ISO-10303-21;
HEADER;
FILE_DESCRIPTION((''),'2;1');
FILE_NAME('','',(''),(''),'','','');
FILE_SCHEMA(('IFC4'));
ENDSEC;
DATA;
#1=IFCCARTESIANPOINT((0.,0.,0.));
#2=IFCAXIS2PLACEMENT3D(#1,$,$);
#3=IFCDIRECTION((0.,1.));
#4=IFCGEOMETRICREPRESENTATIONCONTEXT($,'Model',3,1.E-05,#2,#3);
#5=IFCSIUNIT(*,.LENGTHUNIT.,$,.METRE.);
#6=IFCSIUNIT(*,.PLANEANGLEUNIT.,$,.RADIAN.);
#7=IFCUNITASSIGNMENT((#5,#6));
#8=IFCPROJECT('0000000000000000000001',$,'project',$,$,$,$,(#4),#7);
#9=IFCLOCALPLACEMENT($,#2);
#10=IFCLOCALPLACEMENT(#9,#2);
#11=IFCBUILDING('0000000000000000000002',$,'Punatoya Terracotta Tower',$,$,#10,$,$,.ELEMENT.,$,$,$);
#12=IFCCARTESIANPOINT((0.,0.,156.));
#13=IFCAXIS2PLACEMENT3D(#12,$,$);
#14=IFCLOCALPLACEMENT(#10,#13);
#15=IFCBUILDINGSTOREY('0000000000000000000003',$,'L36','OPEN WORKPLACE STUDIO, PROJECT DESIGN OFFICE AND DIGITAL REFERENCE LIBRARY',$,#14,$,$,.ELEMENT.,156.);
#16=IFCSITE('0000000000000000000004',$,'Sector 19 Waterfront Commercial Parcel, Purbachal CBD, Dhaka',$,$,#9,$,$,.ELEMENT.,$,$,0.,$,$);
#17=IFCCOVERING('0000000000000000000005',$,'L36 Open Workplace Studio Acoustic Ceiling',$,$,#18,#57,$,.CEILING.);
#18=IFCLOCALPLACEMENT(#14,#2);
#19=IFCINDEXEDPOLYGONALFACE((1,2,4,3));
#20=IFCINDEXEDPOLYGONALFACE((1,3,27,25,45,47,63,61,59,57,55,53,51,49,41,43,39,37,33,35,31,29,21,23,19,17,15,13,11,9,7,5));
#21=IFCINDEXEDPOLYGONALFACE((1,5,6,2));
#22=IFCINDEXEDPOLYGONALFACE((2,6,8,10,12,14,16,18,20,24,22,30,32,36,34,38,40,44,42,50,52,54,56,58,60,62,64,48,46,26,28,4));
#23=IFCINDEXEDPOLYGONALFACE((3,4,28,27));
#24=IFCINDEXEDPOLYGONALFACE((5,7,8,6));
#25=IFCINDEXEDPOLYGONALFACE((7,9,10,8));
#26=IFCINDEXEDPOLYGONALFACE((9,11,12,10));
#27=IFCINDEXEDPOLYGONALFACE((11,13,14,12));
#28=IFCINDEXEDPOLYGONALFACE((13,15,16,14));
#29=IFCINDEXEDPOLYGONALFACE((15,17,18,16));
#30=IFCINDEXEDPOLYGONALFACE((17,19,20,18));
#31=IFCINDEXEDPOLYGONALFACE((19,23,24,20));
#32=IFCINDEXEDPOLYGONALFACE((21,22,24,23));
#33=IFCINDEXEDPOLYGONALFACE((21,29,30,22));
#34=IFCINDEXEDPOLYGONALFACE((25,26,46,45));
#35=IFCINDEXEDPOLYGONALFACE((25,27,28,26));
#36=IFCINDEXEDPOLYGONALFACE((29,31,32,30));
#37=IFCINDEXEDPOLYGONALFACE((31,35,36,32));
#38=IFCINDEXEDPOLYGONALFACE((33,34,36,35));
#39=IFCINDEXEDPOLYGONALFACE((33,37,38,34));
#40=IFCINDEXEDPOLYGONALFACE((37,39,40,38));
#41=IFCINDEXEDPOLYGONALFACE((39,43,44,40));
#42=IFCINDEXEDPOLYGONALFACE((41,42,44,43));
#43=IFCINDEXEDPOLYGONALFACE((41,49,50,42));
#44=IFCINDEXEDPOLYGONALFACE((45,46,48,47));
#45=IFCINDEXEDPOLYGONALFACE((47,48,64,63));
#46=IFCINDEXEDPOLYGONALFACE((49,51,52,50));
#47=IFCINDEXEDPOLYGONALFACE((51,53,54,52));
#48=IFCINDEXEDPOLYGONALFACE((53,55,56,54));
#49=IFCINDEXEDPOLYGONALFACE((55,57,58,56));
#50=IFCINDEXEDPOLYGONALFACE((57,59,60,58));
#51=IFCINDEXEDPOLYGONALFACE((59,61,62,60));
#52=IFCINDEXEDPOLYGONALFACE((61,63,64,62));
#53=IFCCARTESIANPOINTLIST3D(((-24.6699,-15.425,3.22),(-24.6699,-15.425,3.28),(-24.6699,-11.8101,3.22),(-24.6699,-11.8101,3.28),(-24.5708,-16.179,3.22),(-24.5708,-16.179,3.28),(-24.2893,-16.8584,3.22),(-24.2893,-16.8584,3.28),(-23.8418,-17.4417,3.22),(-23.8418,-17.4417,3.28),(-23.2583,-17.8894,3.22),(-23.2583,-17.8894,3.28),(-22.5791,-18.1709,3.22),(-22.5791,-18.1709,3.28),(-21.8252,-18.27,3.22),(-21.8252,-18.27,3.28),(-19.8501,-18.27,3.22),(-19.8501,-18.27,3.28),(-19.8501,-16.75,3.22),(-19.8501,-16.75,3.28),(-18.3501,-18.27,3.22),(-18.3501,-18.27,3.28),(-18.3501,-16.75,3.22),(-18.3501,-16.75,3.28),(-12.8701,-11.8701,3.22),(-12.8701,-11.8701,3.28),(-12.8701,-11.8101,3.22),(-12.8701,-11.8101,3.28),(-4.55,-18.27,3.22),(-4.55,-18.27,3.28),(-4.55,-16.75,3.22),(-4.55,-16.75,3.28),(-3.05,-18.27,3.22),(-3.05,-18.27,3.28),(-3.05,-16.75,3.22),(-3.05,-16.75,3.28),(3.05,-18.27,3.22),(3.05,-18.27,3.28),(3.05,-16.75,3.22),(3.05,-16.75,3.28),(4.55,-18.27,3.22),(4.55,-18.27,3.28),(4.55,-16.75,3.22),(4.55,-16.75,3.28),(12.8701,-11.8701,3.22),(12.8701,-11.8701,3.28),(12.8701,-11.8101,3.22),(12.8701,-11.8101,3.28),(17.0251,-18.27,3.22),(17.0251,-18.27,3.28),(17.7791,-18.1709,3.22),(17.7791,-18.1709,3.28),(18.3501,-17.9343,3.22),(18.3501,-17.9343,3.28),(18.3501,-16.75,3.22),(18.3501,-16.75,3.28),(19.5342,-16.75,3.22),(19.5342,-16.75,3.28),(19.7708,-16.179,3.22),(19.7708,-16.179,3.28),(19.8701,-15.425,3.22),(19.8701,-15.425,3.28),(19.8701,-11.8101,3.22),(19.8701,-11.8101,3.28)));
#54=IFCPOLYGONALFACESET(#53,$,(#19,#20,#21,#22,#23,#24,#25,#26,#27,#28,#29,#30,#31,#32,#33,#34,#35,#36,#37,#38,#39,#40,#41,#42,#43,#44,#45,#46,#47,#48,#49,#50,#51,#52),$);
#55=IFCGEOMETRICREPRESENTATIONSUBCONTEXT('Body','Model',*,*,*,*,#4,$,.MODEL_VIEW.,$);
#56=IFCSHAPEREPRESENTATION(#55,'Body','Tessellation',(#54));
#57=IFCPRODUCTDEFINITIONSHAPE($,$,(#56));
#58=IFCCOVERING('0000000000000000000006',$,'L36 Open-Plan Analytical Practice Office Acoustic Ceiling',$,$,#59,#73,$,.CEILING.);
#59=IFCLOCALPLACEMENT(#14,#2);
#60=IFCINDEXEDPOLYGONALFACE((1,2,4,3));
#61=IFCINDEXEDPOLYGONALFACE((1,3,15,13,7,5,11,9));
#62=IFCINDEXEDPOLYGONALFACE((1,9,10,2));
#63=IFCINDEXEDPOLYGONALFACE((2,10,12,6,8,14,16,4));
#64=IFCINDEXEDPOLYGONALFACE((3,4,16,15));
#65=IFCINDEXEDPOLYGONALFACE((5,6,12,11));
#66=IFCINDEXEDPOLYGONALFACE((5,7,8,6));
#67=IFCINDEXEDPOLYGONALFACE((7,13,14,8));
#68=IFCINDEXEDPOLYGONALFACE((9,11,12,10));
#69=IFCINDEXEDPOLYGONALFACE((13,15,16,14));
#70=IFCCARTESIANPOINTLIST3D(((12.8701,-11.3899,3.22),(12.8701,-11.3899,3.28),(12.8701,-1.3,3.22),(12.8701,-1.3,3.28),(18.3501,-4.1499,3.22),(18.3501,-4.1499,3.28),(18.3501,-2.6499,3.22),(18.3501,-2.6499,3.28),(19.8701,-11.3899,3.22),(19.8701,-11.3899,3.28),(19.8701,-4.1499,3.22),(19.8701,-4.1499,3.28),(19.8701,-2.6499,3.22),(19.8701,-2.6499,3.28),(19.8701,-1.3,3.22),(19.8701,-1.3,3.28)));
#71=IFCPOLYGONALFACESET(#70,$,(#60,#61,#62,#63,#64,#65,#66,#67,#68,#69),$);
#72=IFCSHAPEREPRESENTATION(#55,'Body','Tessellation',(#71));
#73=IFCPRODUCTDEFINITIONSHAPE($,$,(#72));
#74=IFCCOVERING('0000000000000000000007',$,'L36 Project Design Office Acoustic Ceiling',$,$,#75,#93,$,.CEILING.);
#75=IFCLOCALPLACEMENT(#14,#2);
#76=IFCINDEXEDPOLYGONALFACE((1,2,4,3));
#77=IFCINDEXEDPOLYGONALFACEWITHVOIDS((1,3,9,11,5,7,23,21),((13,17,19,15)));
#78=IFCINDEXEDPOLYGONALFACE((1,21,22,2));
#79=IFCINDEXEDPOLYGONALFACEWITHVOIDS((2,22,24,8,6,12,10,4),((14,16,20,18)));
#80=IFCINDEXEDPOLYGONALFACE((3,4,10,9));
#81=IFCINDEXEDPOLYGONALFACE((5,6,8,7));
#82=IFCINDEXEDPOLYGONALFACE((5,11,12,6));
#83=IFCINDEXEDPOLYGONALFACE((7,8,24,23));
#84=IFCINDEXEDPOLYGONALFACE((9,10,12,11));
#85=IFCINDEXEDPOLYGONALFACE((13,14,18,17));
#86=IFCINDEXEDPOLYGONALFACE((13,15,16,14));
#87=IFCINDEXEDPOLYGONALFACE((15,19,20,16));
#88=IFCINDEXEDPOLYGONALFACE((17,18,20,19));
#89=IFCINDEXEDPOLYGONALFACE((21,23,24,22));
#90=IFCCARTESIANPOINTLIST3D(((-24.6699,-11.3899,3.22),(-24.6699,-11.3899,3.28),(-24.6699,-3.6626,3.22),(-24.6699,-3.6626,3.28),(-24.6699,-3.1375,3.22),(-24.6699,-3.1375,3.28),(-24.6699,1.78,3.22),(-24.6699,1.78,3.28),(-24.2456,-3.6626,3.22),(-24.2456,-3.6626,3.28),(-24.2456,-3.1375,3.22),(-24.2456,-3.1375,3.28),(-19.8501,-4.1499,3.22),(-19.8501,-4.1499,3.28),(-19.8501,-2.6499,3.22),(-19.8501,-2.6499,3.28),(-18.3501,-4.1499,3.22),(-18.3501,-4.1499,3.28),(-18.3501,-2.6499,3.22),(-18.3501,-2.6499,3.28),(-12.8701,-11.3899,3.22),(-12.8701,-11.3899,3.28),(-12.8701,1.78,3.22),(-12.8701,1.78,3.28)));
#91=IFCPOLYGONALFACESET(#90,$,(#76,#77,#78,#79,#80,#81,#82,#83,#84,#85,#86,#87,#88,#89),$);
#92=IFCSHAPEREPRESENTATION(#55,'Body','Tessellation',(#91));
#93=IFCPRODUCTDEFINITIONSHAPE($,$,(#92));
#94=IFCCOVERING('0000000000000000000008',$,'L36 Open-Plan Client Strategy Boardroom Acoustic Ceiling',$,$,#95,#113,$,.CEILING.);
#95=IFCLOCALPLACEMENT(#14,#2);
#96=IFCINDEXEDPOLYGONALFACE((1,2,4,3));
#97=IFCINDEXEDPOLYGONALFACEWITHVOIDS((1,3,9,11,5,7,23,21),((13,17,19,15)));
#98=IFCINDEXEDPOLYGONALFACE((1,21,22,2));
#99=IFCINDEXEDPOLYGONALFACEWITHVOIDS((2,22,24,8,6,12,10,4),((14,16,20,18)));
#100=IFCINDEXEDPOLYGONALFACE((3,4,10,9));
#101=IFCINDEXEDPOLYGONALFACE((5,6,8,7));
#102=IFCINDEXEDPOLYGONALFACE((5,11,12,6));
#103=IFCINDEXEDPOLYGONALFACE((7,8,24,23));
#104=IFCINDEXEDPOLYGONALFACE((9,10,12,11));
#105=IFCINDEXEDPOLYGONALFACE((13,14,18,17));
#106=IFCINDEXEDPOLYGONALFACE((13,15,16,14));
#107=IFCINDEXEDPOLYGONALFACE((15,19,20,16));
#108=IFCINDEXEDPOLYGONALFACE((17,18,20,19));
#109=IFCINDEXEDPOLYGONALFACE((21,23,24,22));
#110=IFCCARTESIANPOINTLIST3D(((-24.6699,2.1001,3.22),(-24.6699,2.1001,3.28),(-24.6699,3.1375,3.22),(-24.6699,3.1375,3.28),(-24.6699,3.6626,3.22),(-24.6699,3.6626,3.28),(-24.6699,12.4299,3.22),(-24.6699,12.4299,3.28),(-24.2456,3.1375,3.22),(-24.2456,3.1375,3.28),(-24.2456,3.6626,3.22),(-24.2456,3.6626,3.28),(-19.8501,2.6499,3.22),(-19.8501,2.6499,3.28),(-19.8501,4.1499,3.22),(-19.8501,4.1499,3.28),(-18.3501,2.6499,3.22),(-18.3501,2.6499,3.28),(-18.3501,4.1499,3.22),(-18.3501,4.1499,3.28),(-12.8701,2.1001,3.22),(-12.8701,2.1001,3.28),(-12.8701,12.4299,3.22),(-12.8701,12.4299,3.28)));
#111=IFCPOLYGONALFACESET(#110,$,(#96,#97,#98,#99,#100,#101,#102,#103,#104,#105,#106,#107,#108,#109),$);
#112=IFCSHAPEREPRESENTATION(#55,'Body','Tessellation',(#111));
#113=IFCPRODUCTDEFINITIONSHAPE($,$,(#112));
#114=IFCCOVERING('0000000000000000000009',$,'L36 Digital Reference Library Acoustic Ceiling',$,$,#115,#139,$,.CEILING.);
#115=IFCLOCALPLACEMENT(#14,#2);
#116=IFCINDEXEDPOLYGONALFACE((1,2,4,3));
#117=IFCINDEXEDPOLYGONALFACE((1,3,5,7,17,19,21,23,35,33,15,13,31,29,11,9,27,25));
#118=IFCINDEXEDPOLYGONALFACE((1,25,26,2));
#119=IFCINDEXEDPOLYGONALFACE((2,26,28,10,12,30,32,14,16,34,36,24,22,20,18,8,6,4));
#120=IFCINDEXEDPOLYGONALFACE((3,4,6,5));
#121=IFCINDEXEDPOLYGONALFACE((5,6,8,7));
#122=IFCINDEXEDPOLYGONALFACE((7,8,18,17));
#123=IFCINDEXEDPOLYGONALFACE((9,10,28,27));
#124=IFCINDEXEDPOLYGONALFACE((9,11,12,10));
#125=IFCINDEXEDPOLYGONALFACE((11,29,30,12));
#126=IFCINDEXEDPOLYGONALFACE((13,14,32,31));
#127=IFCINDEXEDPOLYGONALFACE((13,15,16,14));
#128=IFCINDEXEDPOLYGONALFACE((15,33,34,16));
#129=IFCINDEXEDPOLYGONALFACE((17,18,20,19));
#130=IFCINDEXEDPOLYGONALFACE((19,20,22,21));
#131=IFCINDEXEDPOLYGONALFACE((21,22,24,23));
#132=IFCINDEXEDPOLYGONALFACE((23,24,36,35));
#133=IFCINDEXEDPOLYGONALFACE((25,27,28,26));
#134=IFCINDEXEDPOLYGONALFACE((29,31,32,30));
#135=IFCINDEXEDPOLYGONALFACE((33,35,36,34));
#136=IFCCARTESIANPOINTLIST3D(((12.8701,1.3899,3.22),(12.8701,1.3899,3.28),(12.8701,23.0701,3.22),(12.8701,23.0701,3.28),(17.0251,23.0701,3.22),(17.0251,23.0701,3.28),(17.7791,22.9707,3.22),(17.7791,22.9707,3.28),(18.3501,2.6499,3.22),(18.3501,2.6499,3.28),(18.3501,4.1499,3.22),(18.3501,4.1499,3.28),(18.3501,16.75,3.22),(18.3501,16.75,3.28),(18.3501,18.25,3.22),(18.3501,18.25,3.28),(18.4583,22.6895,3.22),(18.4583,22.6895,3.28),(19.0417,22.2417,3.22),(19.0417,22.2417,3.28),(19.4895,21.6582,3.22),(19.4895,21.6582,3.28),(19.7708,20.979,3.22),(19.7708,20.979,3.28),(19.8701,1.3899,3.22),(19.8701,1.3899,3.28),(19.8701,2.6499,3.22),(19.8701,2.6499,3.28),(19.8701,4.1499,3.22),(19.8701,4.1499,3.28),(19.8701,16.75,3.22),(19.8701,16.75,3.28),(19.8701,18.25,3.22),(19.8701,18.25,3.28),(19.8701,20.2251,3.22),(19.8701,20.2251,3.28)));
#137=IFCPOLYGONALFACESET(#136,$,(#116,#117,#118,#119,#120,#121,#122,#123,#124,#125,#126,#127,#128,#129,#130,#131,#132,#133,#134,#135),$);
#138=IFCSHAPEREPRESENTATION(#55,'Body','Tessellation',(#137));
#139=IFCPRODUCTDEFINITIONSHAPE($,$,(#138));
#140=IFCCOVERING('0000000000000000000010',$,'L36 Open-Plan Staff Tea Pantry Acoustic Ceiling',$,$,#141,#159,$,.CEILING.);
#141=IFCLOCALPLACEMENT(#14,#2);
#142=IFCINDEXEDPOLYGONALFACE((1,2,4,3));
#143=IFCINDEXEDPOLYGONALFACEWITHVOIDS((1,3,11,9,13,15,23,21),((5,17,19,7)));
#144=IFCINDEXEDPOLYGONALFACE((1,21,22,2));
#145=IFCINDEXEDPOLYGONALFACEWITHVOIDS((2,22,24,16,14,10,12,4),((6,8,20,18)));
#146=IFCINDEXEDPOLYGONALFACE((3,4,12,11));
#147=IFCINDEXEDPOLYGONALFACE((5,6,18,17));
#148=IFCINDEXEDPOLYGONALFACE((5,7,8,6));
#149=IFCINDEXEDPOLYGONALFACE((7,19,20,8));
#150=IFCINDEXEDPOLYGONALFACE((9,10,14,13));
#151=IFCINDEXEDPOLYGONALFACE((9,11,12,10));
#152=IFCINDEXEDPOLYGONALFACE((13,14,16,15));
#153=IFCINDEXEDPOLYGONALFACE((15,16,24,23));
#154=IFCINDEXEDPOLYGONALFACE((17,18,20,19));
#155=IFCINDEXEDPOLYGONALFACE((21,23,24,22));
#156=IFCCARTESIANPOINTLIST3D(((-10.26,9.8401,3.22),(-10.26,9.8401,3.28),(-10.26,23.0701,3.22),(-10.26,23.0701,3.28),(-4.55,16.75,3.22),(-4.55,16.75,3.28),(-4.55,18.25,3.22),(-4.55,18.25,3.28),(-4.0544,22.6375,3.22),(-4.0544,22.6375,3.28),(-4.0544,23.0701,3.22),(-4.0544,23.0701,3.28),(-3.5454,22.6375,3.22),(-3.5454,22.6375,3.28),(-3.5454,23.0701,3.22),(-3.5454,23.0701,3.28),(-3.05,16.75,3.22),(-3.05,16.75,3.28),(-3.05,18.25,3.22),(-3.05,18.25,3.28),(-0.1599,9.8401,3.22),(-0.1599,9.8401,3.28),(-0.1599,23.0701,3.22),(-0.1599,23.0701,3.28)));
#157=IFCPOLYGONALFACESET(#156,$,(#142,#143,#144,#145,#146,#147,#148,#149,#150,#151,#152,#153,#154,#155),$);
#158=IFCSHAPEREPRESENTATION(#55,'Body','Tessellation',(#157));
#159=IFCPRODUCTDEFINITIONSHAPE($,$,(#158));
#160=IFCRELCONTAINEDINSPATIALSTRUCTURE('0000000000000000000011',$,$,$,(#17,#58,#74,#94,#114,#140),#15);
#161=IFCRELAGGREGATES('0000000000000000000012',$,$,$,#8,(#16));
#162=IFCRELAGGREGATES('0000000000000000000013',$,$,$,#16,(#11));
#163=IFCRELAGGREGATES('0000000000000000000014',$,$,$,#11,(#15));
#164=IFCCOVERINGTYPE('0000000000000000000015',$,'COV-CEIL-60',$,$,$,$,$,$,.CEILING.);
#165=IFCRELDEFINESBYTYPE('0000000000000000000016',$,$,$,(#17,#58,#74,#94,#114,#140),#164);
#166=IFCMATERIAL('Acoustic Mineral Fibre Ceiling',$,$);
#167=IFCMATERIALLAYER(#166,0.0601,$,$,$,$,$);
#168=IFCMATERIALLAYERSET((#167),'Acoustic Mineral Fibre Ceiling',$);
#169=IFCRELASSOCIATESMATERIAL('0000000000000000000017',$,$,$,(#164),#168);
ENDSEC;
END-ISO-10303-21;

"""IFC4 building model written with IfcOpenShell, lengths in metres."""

from ifc_helpers import new_model, si_unit, direction, frame, origin, place, context, subcontext, project, spatial, polyline, outline, extrude, material, layer, layer_set, type_object, element, save


model = new_model("IFC4")

# Units and contexts
model_context = context("Model", 3, precision=1e-05, world=origin(), true_north=direction((0.0, 1.0)))
body_context = subcontext(model_context, "Body", "Model", "MODEL_VIEW")
ifc_project = project(units=[si_unit("LENGTHUNIT", "METRE"), si_unit("PLANEANGLEUNIT", "RADIAN")], contexts=[model_context])

# Site, building, storey
site_placement = place(None, origin())
site = spatial("IfcSite", under=ifc_project, at=site_placement, Name="Sector 19 Waterfront Commercial Parcel, Purbachal CBD, Dhaka", CompositionType="ELEMENT", RefElevation=0.0)
building_placement = place(site_placement, origin())
building = spatial("IfcBuilding", under=site, at=building_placement, Name="Punatoya Terracotta Tower", CompositionType="ELEMENT")
storey_placement = place(building_placement, frame((0.0, 0.0, 156.0)))
storey = spatial("IfcBuildingStorey", under=building, at=storey_placement, Name="L36", Description="OPEN WORKPLACE STUDIO, PROJECT DESIGN OFFICE AND DIGITAL REFERENCE LIBRARY", CompositionType="ELEMENT", Elevation=156.0)

# Coverings
ifc_material_1 = material(Name="Acoustic Mineral Fibre Ceiling")
ifc_layer_1 = layer(ifc_material_1, 0.0601)
ifc_layer_set_1 = layer_set([ifc_layer_1], Name="Acoustic Mineral Fibre Ceiling")
covering_type = type_object("IfcCoveringType", Name="COV-CEIL-60", PredefinedType="CEILING", material=ifc_layer_set_1)
covering_1_placement = place(storey_placement, frame((0.0, 0.0, 3.22)))
element("IfcCovering", 1, at=covering_1_placement, inside=storey, type_object=covering_type, Name="L36 Open Workplace Studio Acoustic Ceiling", PredefinedType="CEILING", context=body_context, shape_type="SweptSolid", body=[
    extrude(outline(polyline([(-24.2893, -16.8584), (-23.8418, -17.4417), (-23.2583, -17.8894), (-22.5791, -18.1709), (-21.8252, -18.27), (-19.8501, -18.27), (-19.8501, -16.75), (-18.3501, -16.75), (-18.3501, -18.27), (-4.55, -18.27), (-4.55, -16.75), (-3.05, -16.75), (-3.05, -18.27), (3.05, -18.27), (3.05, -16.75), (4.55, -16.75), (4.55, -18.27), (17.0251, -18.27), (17.7791, -18.1709), (18.3501, -17.9343), (18.3501, -16.75), (19.5342, -16.75), (19.7708, -16.179), (19.8701, -15.425), (19.8701, -11.8101), (12.8701, -11.8101), (12.8701, -11.8701), (-12.8701, -11.8701), (-12.8701, -11.8101), (-24.6699, -11.8101), (-24.6699, -15.425), (-24.5708, -16.179), (-24.2893, -16.8584)])), origin(), (0.0, 0.0, 1.0), 0.0601),
])
covering_2_placement = place(storey_placement, frame((0.0, 0.0, 3.22)))
element("IfcCovering", 2, at=covering_2_placement, inside=storey, type_object=covering_type, Name="L36 Open-Plan Analytical Practice Office Acoustic Ceiling", PredefinedType="CEILING", context=body_context, shape_type="SweptSolid", body=[
    extrude(outline(polyline([(12.8701, -1.3), (12.8701, -11.3899), (19.8701, -11.3899), (19.8701, -4.1499), (18.3501, -4.1499), (18.3501, -2.6499), (19.8701, -2.6499), (19.8701, -1.3), (12.8701, -1.3)])), origin(), (0.0, 0.0, 1.0), 0.0601),
])
covering_3_placement = place(storey_placement, frame((0.0, 0.0, 3.22)))
element("IfcCovering", 3, at=covering_3_placement, inside=storey, type_object=covering_type, Name="L36 Project Design Office Acoustic Ceiling", PredefinedType="CEILING", context=body_context, shape_type="SweptSolid", body=[
    extrude(outline(polyline([(-24.6699, -3.6626), (-24.6699, -11.3899), (-12.8701, -11.3899), (-12.8701, 1.78), (-24.6699, 1.78), (-24.6699, -3.1375), (-24.2456, -3.1375), (-24.2456, -3.6626), (-24.6699, -3.6626)]), holes=[polyline([(-18.3501, -4.1499), (-19.8501, -4.1499), (-19.8501, -2.6499), (-18.3501, -2.6499), (-18.3501, -4.1499)])]), origin(), (0.0, 0.0, 1.0), 0.0601),
])
covering_4_placement = place(storey_placement, frame((0.0, 0.0, 3.22)))
element("IfcCovering", 4, at=covering_4_placement, inside=storey, type_object=covering_type, Name="L36 Open-Plan Client Strategy Boardroom Acoustic Ceiling", PredefinedType="CEILING", context=body_context, shape_type="SweptSolid", body=[
    extrude(outline(polyline([(-24.6699, 3.1375), (-24.6699, 2.1001), (-12.8701, 2.1001), (-12.8701, 12.4299), (-24.6699, 12.4299), (-24.6699, 3.6626), (-24.2456, 3.6626), (-24.2456, 3.1375), (-24.6699, 3.1375)]), holes=[polyline([(-18.3501, 4.1499), (-18.3501, 2.6499), (-19.8501, 2.6499), (-19.8501, 4.1499), (-18.3501, 4.1499)])]), origin(), (0.0, 0.0, 1.0), 0.0601),
])
covering_5_placement = place(storey_placement, frame((0.0, 0.0, 3.22)))
element("IfcCovering", 5, at=covering_5_placement, inside=storey, type_object=covering_type, Name="L36 Digital Reference Library Acoustic Ceiling", PredefinedType="CEILING", context=body_context, shape_type="SweptSolid", body=[
    extrude(outline(polyline([(17.7791, 22.9707), (17.0251, 23.0701), (12.8701, 23.0701), (12.8701, 1.3899), (19.8701, 1.3899), (19.8701, 2.6499), (18.3501, 2.6499), (18.3501, 4.1499), (19.8701, 4.1499), (19.8701, 16.75), (18.3501, 16.75), (18.3501, 18.25), (19.8701, 18.25), (19.8701, 20.2251), (19.7708, 20.979), (19.4895, 21.6582), (19.0417, 22.2417), (18.4583, 22.6895), (17.7791, 22.9707)])), origin(), (0.0, 0.0, 1.0), 0.0601),
])
covering_6_placement = place(storey_placement, frame((0.0, 0.0, 3.22)))
element("IfcCovering", 6, at=covering_6_placement, inside=storey, type_object=covering_type, Name="L36 Open-Plan Staff Tea Pantry Acoustic Ceiling", PredefinedType="CEILING", context=body_context, shape_type="SweptSolid", body=[
    extrude(outline(polyline([(-3.5454, 23.0701), (-3.5454, 22.6375), (-4.0544, 22.6375), (-4.0544, 23.0701), (-10.26, 23.0701), (-10.26, 9.8401), (-0.1599, 9.8401), (-0.1599, 23.0701), (-3.5454, 23.0701)]), holes=[polyline([(-4.55, 16.75), (-4.55, 18.25), (-3.05, 18.25), (-3.05, 16.75), (-4.55, 16.75)])]), origin(), (0.0, 0.0, 1.0), 0.0601),
])

save(model, "model.ifc")
